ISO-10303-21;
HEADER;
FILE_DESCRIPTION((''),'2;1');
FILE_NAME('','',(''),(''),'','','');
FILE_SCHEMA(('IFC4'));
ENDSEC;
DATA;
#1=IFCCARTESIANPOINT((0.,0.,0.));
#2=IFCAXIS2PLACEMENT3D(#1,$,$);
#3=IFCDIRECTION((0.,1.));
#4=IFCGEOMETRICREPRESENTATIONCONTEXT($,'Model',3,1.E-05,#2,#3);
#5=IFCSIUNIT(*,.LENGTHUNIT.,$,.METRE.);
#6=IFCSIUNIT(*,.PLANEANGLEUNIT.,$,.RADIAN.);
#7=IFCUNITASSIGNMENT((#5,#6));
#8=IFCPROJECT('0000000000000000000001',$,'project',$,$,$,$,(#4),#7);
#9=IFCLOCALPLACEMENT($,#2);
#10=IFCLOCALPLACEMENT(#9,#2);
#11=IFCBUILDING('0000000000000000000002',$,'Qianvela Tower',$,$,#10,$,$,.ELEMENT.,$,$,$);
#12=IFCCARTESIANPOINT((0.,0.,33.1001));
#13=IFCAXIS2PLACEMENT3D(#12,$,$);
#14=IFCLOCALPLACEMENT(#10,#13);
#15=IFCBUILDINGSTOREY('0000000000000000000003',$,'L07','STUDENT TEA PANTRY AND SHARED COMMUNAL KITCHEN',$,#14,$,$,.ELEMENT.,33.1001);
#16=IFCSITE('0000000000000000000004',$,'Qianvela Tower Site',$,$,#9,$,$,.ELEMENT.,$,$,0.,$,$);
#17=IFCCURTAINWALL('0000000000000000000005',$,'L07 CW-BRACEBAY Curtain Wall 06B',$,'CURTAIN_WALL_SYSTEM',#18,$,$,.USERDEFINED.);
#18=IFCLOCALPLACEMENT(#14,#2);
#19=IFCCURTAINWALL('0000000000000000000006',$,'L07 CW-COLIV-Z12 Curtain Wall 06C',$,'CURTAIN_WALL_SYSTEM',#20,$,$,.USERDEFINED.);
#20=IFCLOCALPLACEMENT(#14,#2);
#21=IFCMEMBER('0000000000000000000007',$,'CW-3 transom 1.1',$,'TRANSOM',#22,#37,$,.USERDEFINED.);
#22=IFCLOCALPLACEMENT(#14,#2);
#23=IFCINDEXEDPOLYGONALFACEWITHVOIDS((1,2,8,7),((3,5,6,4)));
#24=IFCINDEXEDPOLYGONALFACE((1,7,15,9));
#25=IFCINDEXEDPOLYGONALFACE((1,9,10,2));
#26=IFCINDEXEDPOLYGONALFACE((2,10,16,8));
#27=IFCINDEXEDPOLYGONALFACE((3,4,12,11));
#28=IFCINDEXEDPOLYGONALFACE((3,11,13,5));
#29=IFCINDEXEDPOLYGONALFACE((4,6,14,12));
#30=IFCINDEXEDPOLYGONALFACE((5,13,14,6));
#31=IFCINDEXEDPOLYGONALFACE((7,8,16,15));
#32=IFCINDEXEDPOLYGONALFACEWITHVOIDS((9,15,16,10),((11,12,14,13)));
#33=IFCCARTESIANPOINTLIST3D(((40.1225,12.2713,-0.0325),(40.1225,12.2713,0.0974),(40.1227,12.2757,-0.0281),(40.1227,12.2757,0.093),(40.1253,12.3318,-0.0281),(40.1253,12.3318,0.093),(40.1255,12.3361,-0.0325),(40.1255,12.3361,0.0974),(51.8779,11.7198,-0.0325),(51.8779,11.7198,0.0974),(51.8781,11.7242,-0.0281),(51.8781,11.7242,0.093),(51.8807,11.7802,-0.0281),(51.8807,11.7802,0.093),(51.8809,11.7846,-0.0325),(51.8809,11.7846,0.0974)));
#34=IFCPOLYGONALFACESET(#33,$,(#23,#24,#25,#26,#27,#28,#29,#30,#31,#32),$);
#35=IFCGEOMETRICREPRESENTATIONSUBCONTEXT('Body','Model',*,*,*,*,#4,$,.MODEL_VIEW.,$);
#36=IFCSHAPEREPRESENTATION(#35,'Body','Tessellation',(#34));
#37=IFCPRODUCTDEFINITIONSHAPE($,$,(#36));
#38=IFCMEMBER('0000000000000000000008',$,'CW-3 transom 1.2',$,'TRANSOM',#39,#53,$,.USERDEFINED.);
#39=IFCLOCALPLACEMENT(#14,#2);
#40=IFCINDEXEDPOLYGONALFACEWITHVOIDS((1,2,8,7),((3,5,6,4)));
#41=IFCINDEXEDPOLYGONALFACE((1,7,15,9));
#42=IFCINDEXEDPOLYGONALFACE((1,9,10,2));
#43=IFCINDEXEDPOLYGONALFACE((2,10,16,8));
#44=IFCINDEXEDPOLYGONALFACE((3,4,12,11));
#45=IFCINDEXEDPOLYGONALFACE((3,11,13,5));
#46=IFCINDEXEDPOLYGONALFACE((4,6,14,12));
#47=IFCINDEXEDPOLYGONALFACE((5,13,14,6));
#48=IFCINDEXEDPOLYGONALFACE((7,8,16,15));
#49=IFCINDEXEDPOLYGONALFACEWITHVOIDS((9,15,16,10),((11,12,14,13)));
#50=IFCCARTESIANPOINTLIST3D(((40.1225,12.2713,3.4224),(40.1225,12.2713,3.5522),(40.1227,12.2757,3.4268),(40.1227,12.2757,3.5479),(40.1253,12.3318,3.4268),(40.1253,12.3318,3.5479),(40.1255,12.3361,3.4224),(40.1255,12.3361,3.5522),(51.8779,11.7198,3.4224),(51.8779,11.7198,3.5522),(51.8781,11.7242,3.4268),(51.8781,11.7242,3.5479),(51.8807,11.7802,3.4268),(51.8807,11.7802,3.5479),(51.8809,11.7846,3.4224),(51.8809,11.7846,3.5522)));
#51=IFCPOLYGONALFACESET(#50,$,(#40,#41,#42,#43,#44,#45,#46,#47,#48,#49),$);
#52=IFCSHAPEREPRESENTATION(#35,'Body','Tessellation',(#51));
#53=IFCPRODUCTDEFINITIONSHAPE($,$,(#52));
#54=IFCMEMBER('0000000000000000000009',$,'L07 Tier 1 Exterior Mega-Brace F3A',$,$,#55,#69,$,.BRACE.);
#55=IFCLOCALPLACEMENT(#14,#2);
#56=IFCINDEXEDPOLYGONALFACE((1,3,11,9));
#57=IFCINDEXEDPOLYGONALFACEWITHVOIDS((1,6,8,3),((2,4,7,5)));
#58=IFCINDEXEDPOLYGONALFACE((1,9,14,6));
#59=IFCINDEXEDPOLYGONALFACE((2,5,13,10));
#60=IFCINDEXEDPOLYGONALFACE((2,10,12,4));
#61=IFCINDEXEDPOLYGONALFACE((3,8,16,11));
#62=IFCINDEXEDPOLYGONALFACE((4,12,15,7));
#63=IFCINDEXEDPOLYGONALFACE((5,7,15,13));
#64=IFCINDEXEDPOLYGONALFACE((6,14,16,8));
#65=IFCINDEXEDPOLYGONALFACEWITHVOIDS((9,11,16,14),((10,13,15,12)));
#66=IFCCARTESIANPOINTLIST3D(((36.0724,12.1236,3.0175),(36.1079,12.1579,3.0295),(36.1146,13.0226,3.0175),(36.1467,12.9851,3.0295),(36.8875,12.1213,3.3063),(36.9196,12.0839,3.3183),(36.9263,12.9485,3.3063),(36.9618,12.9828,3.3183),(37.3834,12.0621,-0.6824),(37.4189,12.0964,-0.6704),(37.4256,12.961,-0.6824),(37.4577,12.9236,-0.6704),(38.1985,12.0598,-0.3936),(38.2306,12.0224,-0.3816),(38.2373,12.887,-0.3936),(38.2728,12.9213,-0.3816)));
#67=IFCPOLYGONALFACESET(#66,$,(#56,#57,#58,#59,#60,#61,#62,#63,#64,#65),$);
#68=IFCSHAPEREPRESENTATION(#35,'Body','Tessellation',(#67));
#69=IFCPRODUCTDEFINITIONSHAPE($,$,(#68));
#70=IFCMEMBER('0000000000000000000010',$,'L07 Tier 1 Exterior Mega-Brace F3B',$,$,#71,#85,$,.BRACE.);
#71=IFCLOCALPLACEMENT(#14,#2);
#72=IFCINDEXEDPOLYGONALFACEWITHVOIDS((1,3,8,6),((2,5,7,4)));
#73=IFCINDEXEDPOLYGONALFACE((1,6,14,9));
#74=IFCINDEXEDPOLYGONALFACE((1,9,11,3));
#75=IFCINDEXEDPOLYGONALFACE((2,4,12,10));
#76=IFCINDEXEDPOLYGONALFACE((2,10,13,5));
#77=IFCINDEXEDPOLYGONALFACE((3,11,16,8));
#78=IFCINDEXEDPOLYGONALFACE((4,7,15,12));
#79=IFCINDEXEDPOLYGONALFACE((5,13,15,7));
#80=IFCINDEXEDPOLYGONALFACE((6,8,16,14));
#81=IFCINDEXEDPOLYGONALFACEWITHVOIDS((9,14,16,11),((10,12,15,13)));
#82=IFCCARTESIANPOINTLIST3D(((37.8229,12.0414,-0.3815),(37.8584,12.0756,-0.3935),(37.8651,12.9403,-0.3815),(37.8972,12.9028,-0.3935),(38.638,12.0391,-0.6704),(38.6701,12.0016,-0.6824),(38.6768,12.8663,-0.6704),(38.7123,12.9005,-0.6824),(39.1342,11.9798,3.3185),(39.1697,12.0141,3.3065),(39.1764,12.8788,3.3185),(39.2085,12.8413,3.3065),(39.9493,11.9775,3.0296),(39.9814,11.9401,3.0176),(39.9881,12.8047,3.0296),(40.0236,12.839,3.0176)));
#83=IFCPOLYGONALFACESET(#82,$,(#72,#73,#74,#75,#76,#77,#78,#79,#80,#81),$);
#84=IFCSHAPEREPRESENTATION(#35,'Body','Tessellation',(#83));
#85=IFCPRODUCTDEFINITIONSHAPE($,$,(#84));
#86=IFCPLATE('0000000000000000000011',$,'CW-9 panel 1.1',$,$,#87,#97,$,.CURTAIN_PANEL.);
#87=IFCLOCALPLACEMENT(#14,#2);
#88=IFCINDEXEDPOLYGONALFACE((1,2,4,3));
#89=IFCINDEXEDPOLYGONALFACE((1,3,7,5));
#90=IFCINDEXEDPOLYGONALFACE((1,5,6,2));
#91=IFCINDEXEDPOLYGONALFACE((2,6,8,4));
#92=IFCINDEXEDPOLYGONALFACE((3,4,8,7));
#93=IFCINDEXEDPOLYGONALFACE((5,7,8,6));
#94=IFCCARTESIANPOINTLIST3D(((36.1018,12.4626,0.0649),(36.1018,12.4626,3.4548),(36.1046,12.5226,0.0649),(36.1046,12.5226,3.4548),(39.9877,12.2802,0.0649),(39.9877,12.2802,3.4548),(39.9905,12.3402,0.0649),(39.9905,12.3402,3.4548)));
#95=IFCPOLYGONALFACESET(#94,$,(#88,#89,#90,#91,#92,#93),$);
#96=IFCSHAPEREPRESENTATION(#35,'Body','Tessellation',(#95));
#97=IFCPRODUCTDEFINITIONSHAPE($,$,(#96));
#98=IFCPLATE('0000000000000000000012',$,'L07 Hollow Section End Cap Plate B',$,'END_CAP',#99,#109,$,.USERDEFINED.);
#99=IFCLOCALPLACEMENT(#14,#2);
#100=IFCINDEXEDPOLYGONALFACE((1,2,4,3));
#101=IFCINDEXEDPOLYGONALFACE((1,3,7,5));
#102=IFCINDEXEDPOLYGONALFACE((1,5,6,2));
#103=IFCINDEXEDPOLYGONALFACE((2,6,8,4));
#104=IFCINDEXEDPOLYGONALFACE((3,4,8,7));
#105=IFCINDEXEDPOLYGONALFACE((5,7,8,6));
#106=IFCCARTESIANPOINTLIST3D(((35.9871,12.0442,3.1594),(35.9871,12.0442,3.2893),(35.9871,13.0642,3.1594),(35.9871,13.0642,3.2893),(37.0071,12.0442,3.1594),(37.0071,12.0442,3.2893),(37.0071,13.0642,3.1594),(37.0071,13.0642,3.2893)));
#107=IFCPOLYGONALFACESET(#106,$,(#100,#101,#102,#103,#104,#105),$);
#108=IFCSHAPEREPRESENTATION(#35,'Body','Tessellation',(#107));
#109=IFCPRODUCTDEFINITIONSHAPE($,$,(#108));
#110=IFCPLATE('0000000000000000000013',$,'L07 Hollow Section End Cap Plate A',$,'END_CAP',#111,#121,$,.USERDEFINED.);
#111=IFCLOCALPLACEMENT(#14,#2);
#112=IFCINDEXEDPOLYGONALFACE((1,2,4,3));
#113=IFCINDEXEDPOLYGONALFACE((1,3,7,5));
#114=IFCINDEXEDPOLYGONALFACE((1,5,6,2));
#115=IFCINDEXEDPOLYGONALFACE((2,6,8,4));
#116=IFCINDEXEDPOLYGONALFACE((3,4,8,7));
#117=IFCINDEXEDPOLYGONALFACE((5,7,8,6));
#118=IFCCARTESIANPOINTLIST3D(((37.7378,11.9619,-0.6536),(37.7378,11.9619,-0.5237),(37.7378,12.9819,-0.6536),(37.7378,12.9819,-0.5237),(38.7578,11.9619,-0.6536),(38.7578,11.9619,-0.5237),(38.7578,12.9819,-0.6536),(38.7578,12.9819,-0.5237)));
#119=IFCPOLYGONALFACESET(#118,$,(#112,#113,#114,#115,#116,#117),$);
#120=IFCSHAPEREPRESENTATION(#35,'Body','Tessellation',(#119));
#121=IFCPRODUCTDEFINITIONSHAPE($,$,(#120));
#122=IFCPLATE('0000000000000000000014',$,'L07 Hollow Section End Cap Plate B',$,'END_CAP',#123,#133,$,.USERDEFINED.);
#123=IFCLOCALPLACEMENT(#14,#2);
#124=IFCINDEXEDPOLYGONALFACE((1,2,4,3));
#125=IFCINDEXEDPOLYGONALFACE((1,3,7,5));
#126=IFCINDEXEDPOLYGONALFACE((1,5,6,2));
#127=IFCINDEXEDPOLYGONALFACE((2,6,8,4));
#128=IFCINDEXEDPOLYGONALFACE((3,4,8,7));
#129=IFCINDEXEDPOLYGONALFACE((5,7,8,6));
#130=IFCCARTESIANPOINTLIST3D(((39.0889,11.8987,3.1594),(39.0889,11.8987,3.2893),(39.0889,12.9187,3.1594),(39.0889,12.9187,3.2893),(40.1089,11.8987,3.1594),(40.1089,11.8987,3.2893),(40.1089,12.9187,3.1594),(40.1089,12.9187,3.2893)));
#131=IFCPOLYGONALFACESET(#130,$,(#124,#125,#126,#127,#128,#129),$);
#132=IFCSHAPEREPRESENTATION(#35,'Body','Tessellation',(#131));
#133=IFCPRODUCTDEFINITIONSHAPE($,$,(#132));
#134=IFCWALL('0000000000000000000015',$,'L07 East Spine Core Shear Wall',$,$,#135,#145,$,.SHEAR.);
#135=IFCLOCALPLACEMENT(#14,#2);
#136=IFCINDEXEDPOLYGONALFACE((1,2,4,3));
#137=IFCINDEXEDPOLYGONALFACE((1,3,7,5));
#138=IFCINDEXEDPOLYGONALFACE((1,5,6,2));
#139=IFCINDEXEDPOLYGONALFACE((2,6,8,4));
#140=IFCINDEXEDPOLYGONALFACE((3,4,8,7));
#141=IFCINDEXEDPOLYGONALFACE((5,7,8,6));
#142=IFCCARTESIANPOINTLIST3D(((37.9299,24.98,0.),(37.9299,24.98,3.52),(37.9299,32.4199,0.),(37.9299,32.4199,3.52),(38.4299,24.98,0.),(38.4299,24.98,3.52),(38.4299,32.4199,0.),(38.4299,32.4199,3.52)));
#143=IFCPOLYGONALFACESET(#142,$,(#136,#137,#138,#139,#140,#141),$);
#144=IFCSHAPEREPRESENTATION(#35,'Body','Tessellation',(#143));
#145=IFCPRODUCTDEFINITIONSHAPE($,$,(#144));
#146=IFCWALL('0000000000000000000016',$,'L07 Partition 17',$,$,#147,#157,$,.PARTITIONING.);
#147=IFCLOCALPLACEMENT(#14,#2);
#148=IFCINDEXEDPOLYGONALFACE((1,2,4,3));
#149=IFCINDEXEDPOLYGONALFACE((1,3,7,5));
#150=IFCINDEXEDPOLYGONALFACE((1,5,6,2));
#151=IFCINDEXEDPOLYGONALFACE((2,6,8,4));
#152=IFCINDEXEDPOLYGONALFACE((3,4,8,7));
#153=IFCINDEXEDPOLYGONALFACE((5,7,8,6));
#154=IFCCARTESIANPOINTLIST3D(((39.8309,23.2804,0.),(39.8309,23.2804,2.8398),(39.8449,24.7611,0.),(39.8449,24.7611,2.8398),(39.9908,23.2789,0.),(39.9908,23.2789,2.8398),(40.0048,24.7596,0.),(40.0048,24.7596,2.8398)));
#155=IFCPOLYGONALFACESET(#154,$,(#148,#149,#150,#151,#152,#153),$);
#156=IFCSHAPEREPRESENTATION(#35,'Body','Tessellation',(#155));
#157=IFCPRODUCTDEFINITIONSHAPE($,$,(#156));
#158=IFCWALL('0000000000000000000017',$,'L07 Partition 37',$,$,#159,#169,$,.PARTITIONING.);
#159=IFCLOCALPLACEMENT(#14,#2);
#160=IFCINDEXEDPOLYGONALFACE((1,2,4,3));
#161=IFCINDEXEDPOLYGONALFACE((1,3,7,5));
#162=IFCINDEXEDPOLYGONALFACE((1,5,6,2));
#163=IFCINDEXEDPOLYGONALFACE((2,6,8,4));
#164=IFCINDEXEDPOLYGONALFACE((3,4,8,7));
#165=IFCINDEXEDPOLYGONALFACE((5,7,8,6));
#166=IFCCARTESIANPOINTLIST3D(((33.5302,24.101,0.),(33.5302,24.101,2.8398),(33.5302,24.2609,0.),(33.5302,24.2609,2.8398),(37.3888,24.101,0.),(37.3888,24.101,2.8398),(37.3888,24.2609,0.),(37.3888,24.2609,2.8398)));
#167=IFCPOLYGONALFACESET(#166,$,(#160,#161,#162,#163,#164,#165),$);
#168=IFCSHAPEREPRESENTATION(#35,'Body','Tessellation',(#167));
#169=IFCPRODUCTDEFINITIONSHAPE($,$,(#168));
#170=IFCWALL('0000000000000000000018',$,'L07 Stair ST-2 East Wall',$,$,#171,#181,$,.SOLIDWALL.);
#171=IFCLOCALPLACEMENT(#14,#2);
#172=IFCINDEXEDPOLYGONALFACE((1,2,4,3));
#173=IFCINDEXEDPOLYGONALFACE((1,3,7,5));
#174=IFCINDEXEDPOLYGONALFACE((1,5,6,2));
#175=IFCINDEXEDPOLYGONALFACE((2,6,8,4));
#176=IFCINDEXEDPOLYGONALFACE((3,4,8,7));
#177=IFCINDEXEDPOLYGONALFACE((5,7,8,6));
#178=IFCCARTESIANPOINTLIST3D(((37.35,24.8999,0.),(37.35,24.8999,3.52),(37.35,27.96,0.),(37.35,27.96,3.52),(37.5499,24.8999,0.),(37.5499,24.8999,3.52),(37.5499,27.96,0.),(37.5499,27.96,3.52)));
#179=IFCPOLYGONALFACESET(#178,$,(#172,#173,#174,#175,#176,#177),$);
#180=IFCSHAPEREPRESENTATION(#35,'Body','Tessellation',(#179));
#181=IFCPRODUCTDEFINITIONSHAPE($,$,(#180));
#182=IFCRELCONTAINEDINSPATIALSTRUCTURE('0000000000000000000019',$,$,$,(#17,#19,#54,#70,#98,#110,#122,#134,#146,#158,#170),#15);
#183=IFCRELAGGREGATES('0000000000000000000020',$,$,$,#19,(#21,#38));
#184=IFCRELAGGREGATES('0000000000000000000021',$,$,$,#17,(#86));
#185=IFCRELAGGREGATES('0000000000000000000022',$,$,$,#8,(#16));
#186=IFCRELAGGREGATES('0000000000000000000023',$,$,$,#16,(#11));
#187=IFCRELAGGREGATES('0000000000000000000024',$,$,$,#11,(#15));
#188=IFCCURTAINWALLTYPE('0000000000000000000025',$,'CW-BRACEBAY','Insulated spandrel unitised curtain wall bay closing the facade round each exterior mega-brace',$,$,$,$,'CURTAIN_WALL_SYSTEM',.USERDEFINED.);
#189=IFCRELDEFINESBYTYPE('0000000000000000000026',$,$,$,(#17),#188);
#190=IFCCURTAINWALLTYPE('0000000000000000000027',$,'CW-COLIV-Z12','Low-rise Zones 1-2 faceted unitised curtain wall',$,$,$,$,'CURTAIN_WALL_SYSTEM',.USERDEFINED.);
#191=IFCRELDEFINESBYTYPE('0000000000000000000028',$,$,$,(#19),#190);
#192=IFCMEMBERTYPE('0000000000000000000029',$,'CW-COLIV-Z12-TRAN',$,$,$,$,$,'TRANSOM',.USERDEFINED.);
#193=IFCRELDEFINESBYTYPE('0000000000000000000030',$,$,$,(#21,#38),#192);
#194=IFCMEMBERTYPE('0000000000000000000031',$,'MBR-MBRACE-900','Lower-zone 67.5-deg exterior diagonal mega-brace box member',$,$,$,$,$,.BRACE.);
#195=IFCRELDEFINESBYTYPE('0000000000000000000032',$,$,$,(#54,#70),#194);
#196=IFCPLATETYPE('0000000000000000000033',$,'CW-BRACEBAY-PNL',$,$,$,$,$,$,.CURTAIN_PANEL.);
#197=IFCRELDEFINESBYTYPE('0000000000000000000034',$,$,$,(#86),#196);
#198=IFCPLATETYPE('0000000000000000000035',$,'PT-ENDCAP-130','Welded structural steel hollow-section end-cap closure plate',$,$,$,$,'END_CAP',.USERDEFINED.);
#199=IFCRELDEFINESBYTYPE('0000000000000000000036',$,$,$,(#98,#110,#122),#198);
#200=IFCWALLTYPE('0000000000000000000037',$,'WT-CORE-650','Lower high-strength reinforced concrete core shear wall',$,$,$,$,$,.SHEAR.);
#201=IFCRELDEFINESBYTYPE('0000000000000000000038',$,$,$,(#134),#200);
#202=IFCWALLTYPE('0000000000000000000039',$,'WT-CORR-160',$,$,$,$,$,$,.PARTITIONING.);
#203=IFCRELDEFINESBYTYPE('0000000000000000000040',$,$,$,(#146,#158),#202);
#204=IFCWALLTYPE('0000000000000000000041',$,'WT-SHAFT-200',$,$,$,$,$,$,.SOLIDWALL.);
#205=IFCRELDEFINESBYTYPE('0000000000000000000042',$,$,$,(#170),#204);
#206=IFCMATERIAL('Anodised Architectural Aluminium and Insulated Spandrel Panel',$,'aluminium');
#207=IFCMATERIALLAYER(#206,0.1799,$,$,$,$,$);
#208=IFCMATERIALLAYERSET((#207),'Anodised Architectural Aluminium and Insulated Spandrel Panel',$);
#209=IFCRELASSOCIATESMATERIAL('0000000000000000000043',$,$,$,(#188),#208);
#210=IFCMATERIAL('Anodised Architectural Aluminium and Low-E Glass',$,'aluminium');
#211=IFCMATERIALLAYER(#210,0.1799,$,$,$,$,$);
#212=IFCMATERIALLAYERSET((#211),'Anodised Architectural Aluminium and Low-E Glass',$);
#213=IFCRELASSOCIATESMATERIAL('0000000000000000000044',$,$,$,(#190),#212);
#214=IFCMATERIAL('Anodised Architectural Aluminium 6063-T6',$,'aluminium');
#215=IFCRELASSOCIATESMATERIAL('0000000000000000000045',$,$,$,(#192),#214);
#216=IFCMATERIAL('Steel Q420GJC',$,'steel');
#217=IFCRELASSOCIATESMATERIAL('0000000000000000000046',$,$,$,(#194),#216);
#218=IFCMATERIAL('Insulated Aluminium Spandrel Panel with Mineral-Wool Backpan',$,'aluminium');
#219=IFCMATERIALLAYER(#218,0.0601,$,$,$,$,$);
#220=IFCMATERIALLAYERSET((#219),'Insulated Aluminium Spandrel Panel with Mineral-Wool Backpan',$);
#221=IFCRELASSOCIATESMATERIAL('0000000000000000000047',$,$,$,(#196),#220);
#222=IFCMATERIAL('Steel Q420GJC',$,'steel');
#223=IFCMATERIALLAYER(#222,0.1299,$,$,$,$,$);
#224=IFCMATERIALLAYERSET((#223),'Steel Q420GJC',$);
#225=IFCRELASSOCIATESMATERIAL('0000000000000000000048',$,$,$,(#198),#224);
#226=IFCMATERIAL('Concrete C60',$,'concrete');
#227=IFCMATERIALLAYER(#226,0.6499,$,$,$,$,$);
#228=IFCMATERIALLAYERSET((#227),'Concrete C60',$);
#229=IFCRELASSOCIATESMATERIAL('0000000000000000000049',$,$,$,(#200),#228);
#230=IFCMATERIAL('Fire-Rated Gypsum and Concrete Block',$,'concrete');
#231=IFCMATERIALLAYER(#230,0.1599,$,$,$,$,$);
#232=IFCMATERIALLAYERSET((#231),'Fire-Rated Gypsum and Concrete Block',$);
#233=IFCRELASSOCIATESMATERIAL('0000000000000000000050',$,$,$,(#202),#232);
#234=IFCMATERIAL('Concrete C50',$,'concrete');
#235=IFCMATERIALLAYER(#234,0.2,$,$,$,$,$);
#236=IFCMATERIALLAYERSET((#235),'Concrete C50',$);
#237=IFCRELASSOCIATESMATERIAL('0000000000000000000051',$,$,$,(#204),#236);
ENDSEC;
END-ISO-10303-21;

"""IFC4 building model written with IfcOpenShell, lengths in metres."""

from ifc_helpers import new_model, si_unit, direction, frame, frame_2d, origin, origin_2d, place, context, subcontext, project, spatial, rectangle, hollow_rectangle, extrude, material, layer, layer_set, material_profile, profile_set, type_object, element, aggregate, save


model = new_model("IFC4")

# Units and contexts
model_context = context("Model", 3, precision=1e-05, world=origin(), true_north=direction((0.0, 1.0)))
body_context = subcontext(model_context, "Body", "Model", "MODEL_VIEW")
ifc_project = project(units=[si_unit("LENGTHUNIT", "METRE"), si_unit("PLANEANGLEUNIT", "RADIAN")], contexts=[model_context])

# Site, building, storey
site_placement = place(None, origin())
site = spatial("IfcSite", under=ifc_project, at=site_placement, Name="Qianvela Tower Site", CompositionType="ELEMENT", RefElevation=0.0)
building_placement = place(site_placement, origin())
building = spatial("IfcBuilding", under=site, at=building_placement, Name="Qianvela Tower", CompositionType="ELEMENT")
storey_placement = place(building_placement, frame((0.0, 0.0, 33.1001)))
storey = spatial("IfcBuildingStorey", under=building, at=storey_placement, Name="L07", Description="STUDENT TEA PANTRY AND SHARED COMMUNAL KITCHEN", CompositionType="ELEMENT", Elevation=33.1001)

# Curtain wall
ifc_material_1 = material(Name="Anodised Architectural Aluminium and Insulated Spandrel Panel", Category="aluminium")
ifc_layer_1 = layer(ifc_material_1, 0.1799)
ifc_layer_set_1 = layer_set([ifc_layer_1], Name="Anodised Architectural Aluminium and Insulated Spandrel Panel")
curtain_wall_type_1 = type_object("IfcCurtainWallType", Name="CW-BRACEBAY", Description="Insulated spandrel unitised curtain wall bay closing the facade round each exterior mega-brace", ElementType="CURTAIN_WALL_SYSTEM", PredefinedType="USERDEFINED", material=ifc_layer_set_1)
curtain_wall_1_placement = place(storey_placement, origin())
curtain_wall_1 = element("IfcCurtainWall", 1, at=curtain_wall_1_placement, inside=storey, type_object=curtain_wall_type_1, Name="L07 CW-BRACEBAY Curtain Wall 06B", ObjectType="CURTAIN_WALL_SYSTEM", PredefinedType="USERDEFINED")

# Shared definitions
ifc_material_2 = material(Name="Anodised Architectural Aluminium and Low-E Glass", Category="aluminium")
ifc_layer_2 = layer(ifc_material_2, 0.1799)
ifc_layer_set_2 = layer_set([ifc_layer_2], Name="Anodised Architectural Aluminium and Low-E Glass")
curtain_wall_type_2 = type_object("IfcCurtainWallType", Name="CW-COLIV-Z12", Description="Low-rise Zones 1-2 faceted unitised curtain wall", ElementType="CURTAIN_WALL_SYSTEM", PredefinedType="USERDEFINED", material=ifc_layer_set_2)

# Curtain wall, members
curtain_wall_2_placement = place(storey_placement, origin())
curtain_wall_2 = element("IfcCurtainWall", 2, at=curtain_wall_2_placement, inside=storey, type_object=curtain_wall_type_2, Name="L07 CW-COLIV-Z12 Curtain Wall 06C", ObjectType="CURTAIN_WALL_SYSTEM", PredefinedType="USERDEFINED")
ifc_material_3 = material(Name="Anodised Architectural Aluminium 6063-T6", Category="aluminium")
ifc_material_profile_1 = material_profile(ifc_material_3, hollow_rectangle(XDim=0.0649, YDim=0.1299, WallThickness=0.0044, at=origin_2d()), Name="ALU-TRAN-65x130")
ifc_profile_set_1 = profile_set([ifc_material_profile_1], Name="Anodised Architectural Aluminium 6063-T6")
member_type_1 = type_object("IfcMemberType", Name="CW-COLIV-Z12-TRAN", ElementType="TRANSOM", PredefinedType="USERDEFINED", material=ifc_profile_set_1)
member_1_placement = place(storey_placement, frame((40.124, 12.3037, 0.0325), z_axis=(0.998901, -0.046864, 0.0), x_axis=(0.046864, 0.998901, 0.0)))
member_1 = element("IfcMember", 3, at=member_1_placement, type_object=member_type_1, Name="CW-3 transom 1.1", ObjectType="TRANSOM", PredefinedType="USERDEFINED", context=body_context, shape_type="SweptSolid", body=[
    extrude(hollow_rectangle(XDim=0.0649, YDim=0.1299, WallThickness=0.0044, at=origin_2d()), origin(), (0.0, 0.0, 1.0), 11.7683),
])
member_2_placement = place(storey_placement, frame((40.124, 12.3037, 3.4873), z_axis=(0.998901, -0.046864, 0.0), x_axis=(0.046864, 0.998901, 0.0)))
member_2 = element("IfcMember", 4, at=member_2_placement, type_object=member_type_1, Name="CW-3 transom 1.2", ObjectType="TRANSOM", PredefinedType="USERDEFINED", context=body_context, shape_type="SweptSolid", body=[
    extrude(hollow_rectangle(XDim=0.0649, YDim=0.1299, WallThickness=0.0044, at=origin_2d()), origin(), (0.0, 0.0, 1.0), 11.7683),
])
aggregate(curtain_wall_2, [member_1, member_2])

# Members
ifc_material_4 = material(Name="Steel Q420GJC", Category="steel")
ifc_material_profile_2 = material_profile(ifc_material_4, hollow_rectangle(XDim=0.8999, YDim=0.8999, WallThickness=0.0359, at=origin_2d()), Name="MBOX-900x900x36")
ifc_profile_set_2 = profile_set([ifc_material_profile_2], Name="Steel Q420GJC")
member_type_2 = type_object("IfcMemberType", Name="MBR-MBRACE-900", Description="Lower-zone 67.5-deg exterior diagonal mega-brace box member", PredefinedType="BRACE", material=ifc_profile_set_2)
member_3_placement = place(storey_placement, frame((37.8281, 12.4917, -0.532), z_axis=(-0.33395, 0.015671, 0.94246), x_axis=(-0.046876, -0.998901, 0.0)))
element("IfcMember", 5, at=member_3_placement, inside=storey, type_object=member_type_2, Name="L07 Tier 1 Exterior Mega-Brace F3A", PredefinedType="BRACE", context=body_context, shape_type="SweptSolid", body=[
    extrude(hollow_rectangle(XDim=0.8999, YDim=0.8999, WallThickness=0.0359, at=origin_2d()), origin(), (0.0, 0.0, 1.0), 3.9258),
])
member_4_placement = place(storey_placement, frame((38.2676, 12.4709, -0.532), z_axis=(0.334005, -0.015671, 0.942441), x_axis=(0.046867, 0.998901, 0.0)))
element("IfcMember", 6, at=member_4_placement, inside=storey, type_object=member_type_2, Name="L07 Tier 1 Exterior Mega-Brace F3B", PredefinedType="BRACE", context=body_context, shape_type="SweptSolid", body=[
    extrude(hollow_rectangle(XDim=0.8999, YDim=0.8999, WallThickness=0.0359, at=origin_2d()), origin(), (0.0, 0.0, 1.0), 3.926),
])

# Plate
ifc_material_5 = material(Name="Insulated Aluminium Spandrel Panel with Mineral-Wool Backpan", Category="aluminium")
ifc_layer_3 = layer(ifc_material_5, 0.0601)
ifc_layer_set_3 = layer_set([ifc_layer_3], Name="Insulated Aluminium Spandrel Panel with Mineral-Wool Backpan")
plate_type_1 = type_object("IfcPlateType", Name="CW-BRACEBAY-PNL", PredefinedType="CURTAIN_PANEL", material=ifc_layer_set_3)
plate_placement = place(storey_placement, frame((38.0461, 12.4014, 0.0649), z_axis=(0.0, 0.0, 1.0), x_axis=(0.9989, -0.04689, 0.0)))
plate = element("IfcPlate", 7, at=plate_placement, type_object=plate_type_1, Name="CW-9 panel 1.1", PredefinedType="CURTAIN_PANEL", context=body_context, shape_type="SweptSolid", body=[
    extrude(rectangle(XDim=3.8901, YDim=0.0601, at=origin_2d()), origin(), (0.0, 0.0, 1.0), 3.3899),
])
aggregate(curtain_wall_1, [plate])

# Plates
ifc_material_6 = material(Name="Steel Q420GJC", Category="steel")
ifc_layer_4 = layer(ifc_material_6, 0.1299)
ifc_layer_set_4 = layer_set([ifc_layer_4], Name="Steel Q420GJC")
plate_type_2 = type_object("IfcPlateType", Name="PT-ENDCAP-130", Description="Welded structural steel hollow-section end-cap closure plate", ElementType="END_CAP", PredefinedType="USERDEFINED", material=ifc_layer_set_4)
for number, where, z_axis, x_axis, name in (
    (8, (36.4971, 12.5542, 3.1594), (0.0, 0.0, 1.0), (1.0, 0.0, 0.0), "L07 Hollow Section End Cap Plate B"),
    (9, (38.2478, 12.4719, -0.6536), (0.0, 0.0, 1.0), (1.0, 0.0, 0.0), "L07 Hollow Section End Cap Plate A"),
    (10, (39.5989, 12.4087, 3.1594), (0.0, 0.0, 1.0), (1.0, 0.0, 0.0), "L07 Hollow Section End Cap Plate B"),
):
    element("IfcPlate", number, at=place(storey_placement, frame(where, z_axis=z_axis, x_axis=x_axis)), inside=storey, type_object=plate_type_2, Name=name, ObjectType="END_CAP", PredefinedType="USERDEFINED", context=body_context, shape_type="SweptSolid", body=[
        extrude(rectangle(XDim=1.02, YDim=1.02, at=origin_2d()), origin(), (0.0, 0.0, 1.0), 0.1299),
    ])

# Walls
ifc_material_7 = material(Name="Concrete C60", Category="concrete")
ifc_layer_5 = layer(ifc_material_7, 0.6499)
ifc_layer_set_5 = layer_set([ifc_layer_5], Name="Concrete C60")
wall_type_1 = type_object("IfcWallType", Name="WT-CORE-650", Description="Lower high-strength reinforced concrete core shear wall", PredefinedType="SHEAR", material=ifc_layer_set_5)
wall_1_placement = place(storey_placement, frame((38.1799, 24.98, 0.0), z_axis=(0.0, 0.0, 1.0), x_axis=(0.0, 1.0, 0.0)))
element("IfcWall", 11, at=wall_1_placement, inside=storey, type_object=wall_type_1, Name="L07 East Spine Core Shear Wall", PredefinedType="SHEAR", context=body_context, shape_type="SweptSolid", body=[
    extrude(rectangle(XDim=7.4399, YDim=0.5, at=frame_2d((3.72, 0.0))), origin(), (0.0, 0.0, 1.0), 3.52),
])
ifc_material_8 = material(Name="Fire-Rated Gypsum and Concrete Block", Category="concrete")
ifc_layer_6 = layer(ifc_material_8, 0.1599)
ifc_layer_set_6 = layer_set([ifc_layer_6], Name="Fire-Rated Gypsum and Concrete Block")
wall_type_2 = type_object("IfcWallType", Name="WT-CORR-160", PredefinedType="PARTITIONING", material=ifc_layer_set_6)
wall_2_placement = place(storey_placement, frame((39.9109, 23.2798, 0.0), z_axis=(0.0, 0.0, 1.0), x_axis=(0.009398, 0.999956, 0.0)))
element("IfcWall", 12, at=wall_2_placement, inside=storey, type_object=wall_type_2, Name="L07 Partition 17", PredefinedType="PARTITIONING", context=body_context, shape_type="SweptSolid", body=[
    extrude(rectangle(XDim=1.4807, YDim=0.1599, at=frame_2d((0.7402, 0.0))), origin(), (0.0, 0.0, 1.0), 2.8398),
])
wall_3_placement = place(storey_placement, frame((37.3887, 24.1809, 0.0), z_axis=(0.0, 0.0, 1.0), x_axis=(-1.0, 0.0, 0.0)))
element("IfcWall", 13, at=wall_3_placement, inside=storey, type_object=wall_type_2, Name="L07 Partition 37", PredefinedType="PARTITIONING", context=body_context, shape_type="SweptSolid", body=[
    extrude(rectangle(XDim=3.8586, YDim=0.1599, at=frame_2d((1.9292, 0.0))), origin(), (0.0, 0.0, 1.0), 2.8398),
])
ifc_material_9 = material(Name="Concrete C50", Category="concrete")
ifc_layer_7 = layer(ifc_material_9, 0.2)
ifc_layer_set_7 = layer_set([ifc_layer_7], Name="Concrete C50")
wall_type_3 = type_object("IfcWallType", Name="WT-SHAFT-200", PredefinedType="SOLIDWALL", material=ifc_layer_set_7)
wall_4_placement = place(storey_placement, frame((37.45, 24.8999, 0.0), z_axis=(0.0, 0.0, 1.0), x_axis=(0.0, 1.0, 0.0)))
element("IfcWall", 14, at=wall_4_placement, inside=storey, type_object=wall_type_3, Name="L07 Stair ST-2 East Wall", PredefinedType="SOLIDWALL", context=body_context, shape_type="SweptSolid", body=[
    extrude(rectangle(XDim=3.0601, YDim=0.2, at=frame_2d((1.53, 0.0))), origin(), (0.0, 0.0, 1.0), 3.52),
])

save(model, "model.ifc")
